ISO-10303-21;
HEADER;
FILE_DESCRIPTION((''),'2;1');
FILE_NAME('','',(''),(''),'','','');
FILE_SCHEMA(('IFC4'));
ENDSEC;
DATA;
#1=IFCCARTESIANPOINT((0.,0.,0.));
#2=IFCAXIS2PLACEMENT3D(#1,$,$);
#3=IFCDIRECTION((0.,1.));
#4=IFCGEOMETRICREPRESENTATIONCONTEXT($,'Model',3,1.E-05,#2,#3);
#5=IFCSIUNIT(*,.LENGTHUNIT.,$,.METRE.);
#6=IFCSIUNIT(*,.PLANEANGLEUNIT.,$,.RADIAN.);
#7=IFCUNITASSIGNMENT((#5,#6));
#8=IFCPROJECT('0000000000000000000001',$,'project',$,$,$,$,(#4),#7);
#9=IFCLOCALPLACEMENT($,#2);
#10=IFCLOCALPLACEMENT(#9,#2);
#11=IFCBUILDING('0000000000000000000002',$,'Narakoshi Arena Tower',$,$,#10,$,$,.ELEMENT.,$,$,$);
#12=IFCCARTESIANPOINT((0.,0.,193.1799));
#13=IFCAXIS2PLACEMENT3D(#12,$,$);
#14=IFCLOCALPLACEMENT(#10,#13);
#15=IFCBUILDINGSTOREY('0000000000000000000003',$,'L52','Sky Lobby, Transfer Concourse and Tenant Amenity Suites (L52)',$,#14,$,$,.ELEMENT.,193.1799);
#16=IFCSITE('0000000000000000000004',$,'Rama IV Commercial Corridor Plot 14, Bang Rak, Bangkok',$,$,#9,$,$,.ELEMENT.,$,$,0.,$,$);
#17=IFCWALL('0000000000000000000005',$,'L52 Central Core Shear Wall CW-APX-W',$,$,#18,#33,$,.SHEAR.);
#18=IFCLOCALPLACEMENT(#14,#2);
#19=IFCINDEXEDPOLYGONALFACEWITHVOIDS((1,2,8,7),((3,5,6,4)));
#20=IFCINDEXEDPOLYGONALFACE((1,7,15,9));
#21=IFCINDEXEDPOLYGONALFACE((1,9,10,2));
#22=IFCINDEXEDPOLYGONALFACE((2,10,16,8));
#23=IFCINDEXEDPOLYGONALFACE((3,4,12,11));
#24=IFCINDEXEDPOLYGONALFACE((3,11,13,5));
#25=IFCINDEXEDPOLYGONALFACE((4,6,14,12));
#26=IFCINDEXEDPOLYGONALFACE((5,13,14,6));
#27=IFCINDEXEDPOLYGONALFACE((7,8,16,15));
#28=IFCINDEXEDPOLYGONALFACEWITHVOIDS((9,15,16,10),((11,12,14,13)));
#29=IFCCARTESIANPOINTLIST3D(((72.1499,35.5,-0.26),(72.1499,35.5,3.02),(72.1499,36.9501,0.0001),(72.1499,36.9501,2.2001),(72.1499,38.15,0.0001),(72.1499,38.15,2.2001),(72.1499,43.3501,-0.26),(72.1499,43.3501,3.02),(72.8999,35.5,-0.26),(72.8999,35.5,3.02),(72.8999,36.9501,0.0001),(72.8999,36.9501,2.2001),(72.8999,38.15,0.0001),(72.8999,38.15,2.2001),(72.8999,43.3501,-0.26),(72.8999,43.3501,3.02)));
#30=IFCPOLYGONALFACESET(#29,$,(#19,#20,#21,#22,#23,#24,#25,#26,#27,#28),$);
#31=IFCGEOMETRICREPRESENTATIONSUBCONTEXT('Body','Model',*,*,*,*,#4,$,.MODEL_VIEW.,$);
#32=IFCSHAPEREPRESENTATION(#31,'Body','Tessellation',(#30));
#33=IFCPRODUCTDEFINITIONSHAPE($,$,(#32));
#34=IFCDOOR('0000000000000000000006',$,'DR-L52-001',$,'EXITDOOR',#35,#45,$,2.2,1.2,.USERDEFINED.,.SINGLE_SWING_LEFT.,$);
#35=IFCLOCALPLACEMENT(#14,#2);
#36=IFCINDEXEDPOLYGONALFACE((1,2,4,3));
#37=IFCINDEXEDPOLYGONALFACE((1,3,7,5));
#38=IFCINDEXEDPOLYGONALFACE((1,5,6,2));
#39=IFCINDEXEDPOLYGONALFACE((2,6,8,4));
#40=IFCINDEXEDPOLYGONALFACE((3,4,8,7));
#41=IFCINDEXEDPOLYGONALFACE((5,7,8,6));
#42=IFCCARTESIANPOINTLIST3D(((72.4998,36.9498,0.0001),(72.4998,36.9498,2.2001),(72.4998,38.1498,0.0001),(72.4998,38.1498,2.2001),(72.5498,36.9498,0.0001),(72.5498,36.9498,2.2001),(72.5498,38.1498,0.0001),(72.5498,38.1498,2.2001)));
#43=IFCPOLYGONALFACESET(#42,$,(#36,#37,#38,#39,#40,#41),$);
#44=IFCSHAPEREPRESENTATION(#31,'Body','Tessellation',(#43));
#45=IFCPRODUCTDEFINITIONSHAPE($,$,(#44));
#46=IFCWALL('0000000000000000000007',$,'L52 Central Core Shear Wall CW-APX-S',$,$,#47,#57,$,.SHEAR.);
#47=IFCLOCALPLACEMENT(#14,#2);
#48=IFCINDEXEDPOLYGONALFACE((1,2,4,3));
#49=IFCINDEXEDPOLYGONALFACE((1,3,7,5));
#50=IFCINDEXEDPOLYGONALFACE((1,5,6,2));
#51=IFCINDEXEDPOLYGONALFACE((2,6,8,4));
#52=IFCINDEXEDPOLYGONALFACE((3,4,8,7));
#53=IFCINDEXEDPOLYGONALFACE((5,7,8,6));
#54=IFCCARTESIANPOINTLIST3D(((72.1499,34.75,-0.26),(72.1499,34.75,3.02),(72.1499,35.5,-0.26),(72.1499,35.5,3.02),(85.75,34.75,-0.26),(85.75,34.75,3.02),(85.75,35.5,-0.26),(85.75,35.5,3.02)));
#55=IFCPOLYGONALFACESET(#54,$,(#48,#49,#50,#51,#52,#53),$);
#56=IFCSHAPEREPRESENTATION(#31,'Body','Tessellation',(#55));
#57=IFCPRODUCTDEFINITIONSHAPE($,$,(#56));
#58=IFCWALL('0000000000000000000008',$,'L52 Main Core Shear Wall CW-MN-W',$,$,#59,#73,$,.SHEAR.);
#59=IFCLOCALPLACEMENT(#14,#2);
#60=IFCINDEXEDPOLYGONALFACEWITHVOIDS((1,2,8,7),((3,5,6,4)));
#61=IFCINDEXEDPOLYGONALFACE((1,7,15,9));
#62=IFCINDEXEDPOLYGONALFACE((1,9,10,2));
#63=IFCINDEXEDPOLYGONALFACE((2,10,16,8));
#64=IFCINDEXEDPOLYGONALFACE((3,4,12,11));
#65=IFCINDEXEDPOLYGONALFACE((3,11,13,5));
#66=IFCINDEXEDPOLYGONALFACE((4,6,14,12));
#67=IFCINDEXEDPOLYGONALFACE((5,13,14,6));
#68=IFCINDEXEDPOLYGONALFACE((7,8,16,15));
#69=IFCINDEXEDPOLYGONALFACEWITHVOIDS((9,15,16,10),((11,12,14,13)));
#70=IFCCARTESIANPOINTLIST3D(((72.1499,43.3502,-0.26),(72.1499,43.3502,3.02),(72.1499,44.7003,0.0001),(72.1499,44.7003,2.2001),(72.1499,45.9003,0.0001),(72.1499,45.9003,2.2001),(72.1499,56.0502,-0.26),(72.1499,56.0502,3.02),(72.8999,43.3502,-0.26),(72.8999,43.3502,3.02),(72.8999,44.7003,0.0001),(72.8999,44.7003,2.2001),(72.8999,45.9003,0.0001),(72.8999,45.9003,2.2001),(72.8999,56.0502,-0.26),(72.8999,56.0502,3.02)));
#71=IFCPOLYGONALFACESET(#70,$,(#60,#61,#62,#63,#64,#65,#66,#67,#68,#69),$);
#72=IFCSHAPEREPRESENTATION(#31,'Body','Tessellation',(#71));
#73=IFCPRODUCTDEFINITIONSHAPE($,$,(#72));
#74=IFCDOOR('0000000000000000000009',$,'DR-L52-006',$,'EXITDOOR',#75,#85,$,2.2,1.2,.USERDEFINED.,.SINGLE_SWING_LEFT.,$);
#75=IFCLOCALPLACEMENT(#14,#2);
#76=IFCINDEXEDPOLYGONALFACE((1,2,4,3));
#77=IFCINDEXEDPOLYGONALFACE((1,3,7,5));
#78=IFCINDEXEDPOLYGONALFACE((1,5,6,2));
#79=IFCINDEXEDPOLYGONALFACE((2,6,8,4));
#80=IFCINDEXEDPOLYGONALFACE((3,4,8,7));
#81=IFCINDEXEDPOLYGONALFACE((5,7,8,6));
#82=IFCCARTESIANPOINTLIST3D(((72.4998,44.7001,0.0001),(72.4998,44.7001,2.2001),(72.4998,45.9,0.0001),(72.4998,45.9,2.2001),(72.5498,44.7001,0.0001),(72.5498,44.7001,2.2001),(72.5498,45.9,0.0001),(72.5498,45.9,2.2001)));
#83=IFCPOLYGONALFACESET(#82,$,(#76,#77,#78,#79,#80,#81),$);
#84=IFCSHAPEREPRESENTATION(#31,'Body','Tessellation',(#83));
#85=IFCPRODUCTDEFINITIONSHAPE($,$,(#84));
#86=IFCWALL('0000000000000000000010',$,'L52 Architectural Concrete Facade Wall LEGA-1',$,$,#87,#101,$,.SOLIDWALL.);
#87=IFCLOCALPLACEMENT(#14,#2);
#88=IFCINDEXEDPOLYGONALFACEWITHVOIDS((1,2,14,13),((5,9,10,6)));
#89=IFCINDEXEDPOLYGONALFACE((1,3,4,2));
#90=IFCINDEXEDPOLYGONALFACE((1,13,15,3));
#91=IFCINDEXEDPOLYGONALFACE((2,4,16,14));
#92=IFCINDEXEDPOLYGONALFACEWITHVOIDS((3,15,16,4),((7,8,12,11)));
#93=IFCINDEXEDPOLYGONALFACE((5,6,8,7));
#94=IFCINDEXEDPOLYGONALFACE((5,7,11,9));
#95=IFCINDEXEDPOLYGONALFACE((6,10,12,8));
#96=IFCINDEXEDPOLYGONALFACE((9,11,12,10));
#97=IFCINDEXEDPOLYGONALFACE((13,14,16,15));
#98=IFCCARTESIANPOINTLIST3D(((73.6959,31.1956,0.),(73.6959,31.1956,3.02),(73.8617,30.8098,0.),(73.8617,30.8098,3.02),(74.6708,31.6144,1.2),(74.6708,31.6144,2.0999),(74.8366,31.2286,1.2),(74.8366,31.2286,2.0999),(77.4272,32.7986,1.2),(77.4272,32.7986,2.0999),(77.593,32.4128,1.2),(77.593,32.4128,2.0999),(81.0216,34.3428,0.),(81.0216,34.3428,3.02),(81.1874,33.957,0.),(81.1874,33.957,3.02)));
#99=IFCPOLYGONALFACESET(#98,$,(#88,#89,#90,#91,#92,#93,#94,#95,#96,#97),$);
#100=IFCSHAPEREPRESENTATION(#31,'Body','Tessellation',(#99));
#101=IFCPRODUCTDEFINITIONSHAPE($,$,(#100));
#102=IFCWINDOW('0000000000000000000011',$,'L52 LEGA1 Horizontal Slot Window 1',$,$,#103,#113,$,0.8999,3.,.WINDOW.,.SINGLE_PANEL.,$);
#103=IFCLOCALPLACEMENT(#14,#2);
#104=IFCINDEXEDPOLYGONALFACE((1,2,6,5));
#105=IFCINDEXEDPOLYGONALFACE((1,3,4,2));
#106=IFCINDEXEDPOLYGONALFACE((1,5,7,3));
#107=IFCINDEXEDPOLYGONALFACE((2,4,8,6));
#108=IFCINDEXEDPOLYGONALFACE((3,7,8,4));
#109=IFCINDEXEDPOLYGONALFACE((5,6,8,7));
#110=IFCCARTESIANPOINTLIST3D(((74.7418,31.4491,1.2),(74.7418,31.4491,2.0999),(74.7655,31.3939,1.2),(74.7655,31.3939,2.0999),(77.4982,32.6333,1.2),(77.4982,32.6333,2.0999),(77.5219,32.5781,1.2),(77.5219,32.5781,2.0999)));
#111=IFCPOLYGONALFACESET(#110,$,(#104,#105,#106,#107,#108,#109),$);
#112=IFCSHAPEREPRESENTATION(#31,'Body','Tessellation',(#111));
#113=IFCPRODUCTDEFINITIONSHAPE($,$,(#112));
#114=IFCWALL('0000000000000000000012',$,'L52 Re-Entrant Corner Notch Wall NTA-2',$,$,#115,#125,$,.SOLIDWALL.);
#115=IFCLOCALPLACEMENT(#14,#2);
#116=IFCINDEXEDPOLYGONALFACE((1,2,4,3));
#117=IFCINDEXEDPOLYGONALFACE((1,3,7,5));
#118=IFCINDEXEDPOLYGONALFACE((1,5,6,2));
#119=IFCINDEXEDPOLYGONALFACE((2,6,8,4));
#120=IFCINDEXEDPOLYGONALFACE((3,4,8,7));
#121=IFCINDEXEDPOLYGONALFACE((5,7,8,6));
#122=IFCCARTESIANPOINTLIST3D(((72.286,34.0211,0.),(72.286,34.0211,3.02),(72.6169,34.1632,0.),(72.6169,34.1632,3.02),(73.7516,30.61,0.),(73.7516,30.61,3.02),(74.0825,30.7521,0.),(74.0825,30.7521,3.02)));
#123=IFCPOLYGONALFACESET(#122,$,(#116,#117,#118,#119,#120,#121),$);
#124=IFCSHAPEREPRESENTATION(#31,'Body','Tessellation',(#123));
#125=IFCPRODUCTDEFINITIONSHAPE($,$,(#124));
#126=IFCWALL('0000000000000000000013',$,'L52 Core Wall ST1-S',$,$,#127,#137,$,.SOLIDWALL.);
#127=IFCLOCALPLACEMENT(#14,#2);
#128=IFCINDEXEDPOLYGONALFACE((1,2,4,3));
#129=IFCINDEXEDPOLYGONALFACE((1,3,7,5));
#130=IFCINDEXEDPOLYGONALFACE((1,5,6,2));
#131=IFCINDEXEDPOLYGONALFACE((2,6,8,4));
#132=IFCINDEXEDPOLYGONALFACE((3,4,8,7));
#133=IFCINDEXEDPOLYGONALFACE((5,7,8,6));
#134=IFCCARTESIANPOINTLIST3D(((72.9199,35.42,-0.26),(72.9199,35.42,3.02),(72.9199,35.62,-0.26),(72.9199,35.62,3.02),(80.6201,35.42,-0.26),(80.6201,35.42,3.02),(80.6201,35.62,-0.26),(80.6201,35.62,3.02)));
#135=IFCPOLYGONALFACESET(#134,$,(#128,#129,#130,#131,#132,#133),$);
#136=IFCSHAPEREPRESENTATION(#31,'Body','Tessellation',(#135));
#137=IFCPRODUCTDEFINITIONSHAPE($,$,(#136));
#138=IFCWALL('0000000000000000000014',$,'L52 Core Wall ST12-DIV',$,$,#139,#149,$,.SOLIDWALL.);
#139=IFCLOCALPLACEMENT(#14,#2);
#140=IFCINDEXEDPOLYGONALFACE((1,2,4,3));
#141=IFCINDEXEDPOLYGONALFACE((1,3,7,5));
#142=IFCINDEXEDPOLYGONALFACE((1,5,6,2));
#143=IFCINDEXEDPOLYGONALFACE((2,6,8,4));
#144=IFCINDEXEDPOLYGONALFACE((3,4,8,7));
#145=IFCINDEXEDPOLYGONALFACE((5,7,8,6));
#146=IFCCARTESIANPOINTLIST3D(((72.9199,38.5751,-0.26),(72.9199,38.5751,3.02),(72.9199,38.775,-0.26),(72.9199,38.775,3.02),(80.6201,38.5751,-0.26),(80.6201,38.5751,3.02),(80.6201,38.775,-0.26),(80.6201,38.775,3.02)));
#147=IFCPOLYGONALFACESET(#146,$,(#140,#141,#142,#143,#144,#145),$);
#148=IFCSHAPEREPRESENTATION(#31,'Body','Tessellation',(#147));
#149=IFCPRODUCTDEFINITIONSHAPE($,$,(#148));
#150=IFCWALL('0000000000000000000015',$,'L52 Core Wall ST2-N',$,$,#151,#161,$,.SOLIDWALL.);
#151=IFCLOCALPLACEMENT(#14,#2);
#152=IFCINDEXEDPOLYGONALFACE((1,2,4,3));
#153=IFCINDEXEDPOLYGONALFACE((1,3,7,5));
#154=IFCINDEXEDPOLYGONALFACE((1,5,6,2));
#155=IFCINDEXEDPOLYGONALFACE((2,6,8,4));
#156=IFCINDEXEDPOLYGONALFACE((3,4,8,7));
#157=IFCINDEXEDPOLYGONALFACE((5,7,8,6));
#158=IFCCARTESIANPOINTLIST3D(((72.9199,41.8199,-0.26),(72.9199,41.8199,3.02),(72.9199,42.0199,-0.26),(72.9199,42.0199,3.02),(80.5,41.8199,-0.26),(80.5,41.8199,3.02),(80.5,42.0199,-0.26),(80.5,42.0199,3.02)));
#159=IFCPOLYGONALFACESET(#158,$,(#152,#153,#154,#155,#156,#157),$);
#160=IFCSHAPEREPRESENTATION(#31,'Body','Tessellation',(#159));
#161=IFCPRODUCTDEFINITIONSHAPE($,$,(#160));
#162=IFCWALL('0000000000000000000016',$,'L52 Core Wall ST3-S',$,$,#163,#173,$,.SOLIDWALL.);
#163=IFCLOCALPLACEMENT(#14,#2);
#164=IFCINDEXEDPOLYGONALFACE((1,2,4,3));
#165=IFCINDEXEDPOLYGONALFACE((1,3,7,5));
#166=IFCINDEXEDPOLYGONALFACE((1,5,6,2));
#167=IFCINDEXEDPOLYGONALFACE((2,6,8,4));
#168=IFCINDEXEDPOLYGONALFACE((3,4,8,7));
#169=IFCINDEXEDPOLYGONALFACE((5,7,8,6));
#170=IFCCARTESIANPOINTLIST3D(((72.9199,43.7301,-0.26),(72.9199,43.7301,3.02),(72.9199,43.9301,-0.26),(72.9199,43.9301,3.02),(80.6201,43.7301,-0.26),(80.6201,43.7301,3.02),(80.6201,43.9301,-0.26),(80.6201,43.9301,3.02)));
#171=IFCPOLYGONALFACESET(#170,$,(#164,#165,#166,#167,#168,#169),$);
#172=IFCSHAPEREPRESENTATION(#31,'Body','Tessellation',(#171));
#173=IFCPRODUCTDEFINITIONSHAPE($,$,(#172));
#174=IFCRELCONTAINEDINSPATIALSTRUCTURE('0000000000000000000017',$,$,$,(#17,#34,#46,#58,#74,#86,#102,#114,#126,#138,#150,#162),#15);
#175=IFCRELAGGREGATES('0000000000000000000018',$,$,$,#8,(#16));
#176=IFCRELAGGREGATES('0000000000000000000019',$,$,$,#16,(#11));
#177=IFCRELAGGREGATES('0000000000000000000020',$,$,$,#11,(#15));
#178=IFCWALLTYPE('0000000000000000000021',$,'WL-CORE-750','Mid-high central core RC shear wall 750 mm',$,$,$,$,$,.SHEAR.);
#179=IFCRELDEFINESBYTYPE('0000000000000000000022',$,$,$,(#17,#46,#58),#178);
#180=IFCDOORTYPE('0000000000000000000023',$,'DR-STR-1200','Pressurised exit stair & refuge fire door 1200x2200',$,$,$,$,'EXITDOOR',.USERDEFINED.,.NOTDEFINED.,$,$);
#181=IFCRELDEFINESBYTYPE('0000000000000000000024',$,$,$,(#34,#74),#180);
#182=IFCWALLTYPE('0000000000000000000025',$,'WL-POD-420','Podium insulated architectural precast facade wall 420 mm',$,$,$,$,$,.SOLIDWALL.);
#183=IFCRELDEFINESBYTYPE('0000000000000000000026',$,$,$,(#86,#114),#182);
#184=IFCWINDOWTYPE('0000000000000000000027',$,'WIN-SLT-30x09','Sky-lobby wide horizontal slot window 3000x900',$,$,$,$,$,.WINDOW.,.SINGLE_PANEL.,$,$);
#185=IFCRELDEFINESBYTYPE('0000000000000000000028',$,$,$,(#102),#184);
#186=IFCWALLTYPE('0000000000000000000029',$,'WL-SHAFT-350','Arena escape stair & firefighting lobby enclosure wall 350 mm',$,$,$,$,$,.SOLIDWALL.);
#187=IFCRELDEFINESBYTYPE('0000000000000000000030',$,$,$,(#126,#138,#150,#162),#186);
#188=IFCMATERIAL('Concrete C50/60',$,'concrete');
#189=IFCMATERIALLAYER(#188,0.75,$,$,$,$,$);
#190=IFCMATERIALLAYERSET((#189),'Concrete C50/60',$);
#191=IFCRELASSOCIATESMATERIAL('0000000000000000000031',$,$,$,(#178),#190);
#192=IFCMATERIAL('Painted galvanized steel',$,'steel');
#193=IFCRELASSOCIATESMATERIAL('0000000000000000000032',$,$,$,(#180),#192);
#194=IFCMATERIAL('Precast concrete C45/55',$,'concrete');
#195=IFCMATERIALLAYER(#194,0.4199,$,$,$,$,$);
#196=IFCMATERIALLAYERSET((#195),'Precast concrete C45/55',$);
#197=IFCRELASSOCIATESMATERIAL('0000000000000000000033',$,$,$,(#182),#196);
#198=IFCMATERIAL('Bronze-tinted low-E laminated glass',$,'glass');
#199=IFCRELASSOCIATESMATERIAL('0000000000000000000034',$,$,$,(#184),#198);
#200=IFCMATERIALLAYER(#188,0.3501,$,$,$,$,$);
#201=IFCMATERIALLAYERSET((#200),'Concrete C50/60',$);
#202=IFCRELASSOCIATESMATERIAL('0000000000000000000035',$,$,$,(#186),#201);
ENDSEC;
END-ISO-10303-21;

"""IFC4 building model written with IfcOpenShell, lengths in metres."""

from ifc_helpers import new_model, si_unit, direction, frame, frame_2d, origin, place, context, subcontext, project, spatial, rectangle, extrude, material, layer, layer_set, type_object, element, fill, save


model = new_model("IFC4")

# Units and contexts
model_context = context("Model", 3, precision=1e-05, world=origin(), true_north=direction((0.0, 1.0)))
body_context = subcontext(model_context, "Body", "Model", "MODEL_VIEW")
ifc_project = project(units=[si_unit("LENGTHUNIT", "METRE"), si_unit("PLANEANGLEUNIT", "RADIAN")], contexts=[model_context])

# Site, building, storey
site_placement = place(None, origin())
site = spatial("IfcSite", under=ifc_project, at=site_placement, Name="Rama IV Commercial Corridor Plot 14, Bang Rak, Bangkok", CompositionType="ELEMENT", RefElevation=0.0)
building_placement = place(site_placement, origin())
building = spatial("IfcBuilding", under=site, at=building_placement, Name="Narakoshi Arena Tower", CompositionType="ELEMENT")
storey_placement = place(building_placement, frame((0.0, 0.0, 193.1799)))
storey = spatial("IfcBuildingStorey", under=building, at=storey_placement, Name="L52", Description="Sky Lobby, Transfer Concourse and Tenant Amenity Suites (L52)", CompositionType="ELEMENT", Elevation=193.1799)

# Wall, opening, door
ifc_material_1 = material(Name="Concrete C50/60", Category="concrete")
ifc_layer_1 = layer(ifc_material_1, 0.75)
ifc_layer_set_1 = layer_set([ifc_layer_1], Name="Concrete C50/60")
wall_type_1 = type_object("IfcWallType", Name="WL-CORE-750", Description="Mid-high central core RC shear wall 750 mm", PredefinedType="SHEAR", material=ifc_layer_set_1)
wall_1_placement = place(storey_placement, frame((72.5249, 35.5, -0.26), z_axis=(0.0, 0.0, 1.0), x_axis=(0.0, 1.0, 0.0)))
wall_1 = element("IfcWall", 1, at=wall_1_placement, inside=storey, type_object=wall_type_1, Name="L52 Central Core Shear Wall CW-APX-W", PredefinedType="SHEAR", context=body_context, shape_type="SweptSolid", body=[
    extrude(rectangle(XDim=7.8501, YDim=0.75, at=frame_2d((3.925, 0.0))), origin(), (0.0, 0.0, 1.0), 3.28),
])
opening_1_placement = place(wall_1_placement, frame((1.45, 0.0, 0.26)))
opening_1 = element("IfcOpeningElement", 2, at=opening_1_placement, cuts=wall_1, PredefinedType="OPENING", context=body_context, shape_type="SweptSolid", body=[
    extrude(rectangle(XDim=1.2, YDim=2.2, at=frame_2d((0.6001, 1.1001))), frame((0.0, 0.385, 0.0), z_axis=(0.0, -1.0, 0.0), x_axis=(1.0, 0.0, 0.0)), (0.0, 0.0, 1.0), 0.77),
])
ifc_material_2 = material(Name="Painted galvanized steel", Category="steel")
door_type = type_object("IfcDoorType", Name="DR-STR-1200", Description="Pressurised exit stair & refuge fire door 1200x2200", ElementType="EXITDOOR", OperationType="NOTDEFINED", PredefinedType="USERDEFINED", material=ifc_material_2)
door_1_placement = place(opening_1_placement, frame((1.2, 0.0, 0.0), z_axis=(0.0, 0.0, 1.0), x_axis=(-1.0, 0.0, 0.0)))
door_1 = element("IfcDoor", 3, at=door_1_placement, inside=storey, type_object=door_type, Name="DR-L52-001", ObjectType="EXITDOOR", OperationType="SINGLE_SWING_LEFT", OverallHeight=2.2, OverallWidth=1.2, PredefinedType="USERDEFINED", context=body_context, shape_type="SweptSolid", body=[
    extrude(rectangle(XDim=1.2, YDim=2.2, at=frame_2d((0.6001, 1.1001))), frame((0.0, 0.0249, 0.0), z_axis=(0.0, -1.0, 0.0), x_axis=(1.0, 0.0, 0.0)), (0.0, 0.0, 1.0), 0.05),
])
fill(opening_1, door_1)

# Wall
wall_2_placement = place(storey_placement, frame((72.1499, 35.125, -0.26), z_axis=(0.0, 0.0, 1.0), x_axis=(1.0, 0.0, 0.0)))
element("IfcWall", 4, at=wall_2_placement, inside=storey, type_object=wall_type_1, Name="L52 Central Core Shear Wall CW-APX-S", PredefinedType="SHEAR", context=body_context, shape_type="SweptSolid", body=[
    extrude(rectangle(XDim=13.6001, YDim=0.75, at=frame_2d((6.8, 0.0))), origin(), (0.0, 0.0, 1.0), 3.28),
])

# Wall, opening, door
wall_3_placement = place(storey_placement, frame((72.5249, 43.3501, -0.26), z_axis=(0.0, 0.0, 1.0), x_axis=(0.0, 1.0, 0.0)))
wall_3 = element("IfcWall", 5, at=wall_3_placement, inside=storey, type_object=wall_type_1, Name="L52 Main Core Shear Wall CW-MN-W", PredefinedType="SHEAR", context=body_context, shape_type="SweptSolid", body=[
    extrude(rectangle(XDim=12.7, YDim=0.75, at=frame_2d((6.3501, 0.0))), origin(), (0.0, 0.0, 1.0), 3.28),
])
opening_2_placement = place(wall_3_placement, frame((1.3501, 0.0, 0.26)))
opening_2 = element("IfcOpeningElement", 6, at=opening_2_placement, cuts=wall_3, PredefinedType="OPENING", context=body_context, shape_type="SweptSolid", body=[
    extrude(rectangle(XDim=1.2, YDim=2.2, at=frame_2d((0.6001, 1.1001))), frame((0.0, 0.385, 0.0), z_axis=(0.0, -1.0, 0.0), x_axis=(1.0, 0.0, 0.0)), (0.0, 0.0, 1.0), 0.77),
])
door_2_placement = place(opening_2_placement, frame((1.2, 0.0, 0.0), z_axis=(0.0, 0.0, 1.0), x_axis=(-1.0, 0.0, 0.0)))
door_2 = element("IfcDoor", 7, at=door_2_placement, inside=storey, type_object=door_type, Name="DR-L52-006", ObjectType="EXITDOOR", OperationType="SINGLE_SWING_LEFT", OverallHeight=2.2, OverallWidth=1.2, PredefinedType="USERDEFINED", context=body_context, shape_type="SweptSolid", body=[
    extrude(rectangle(XDim=1.2, YDim=2.2, at=frame_2d((0.6001, 1.1001))), frame((0.0, 0.0249, 0.0), z_axis=(0.0, -1.0, 0.0), x_axis=(1.0, 0.0, 0.0)), (0.0, 0.0, 1.0), 0.05),
])
fill(opening_2, door_2)

# Wall, opening, window
ifc_material_3 = material(Name="Precast concrete C45/55", Category="concrete")
ifc_layer_2 = layer(ifc_material_3, 0.4199)
ifc_layer_set_2 = layer_set([ifc_layer_2], Name="Precast concrete C45/55")
wall_type_2 = type_object("IfcWallType", Name="WL-POD-420", Description="Podium insulated architectural precast facade wall 420 mm", PredefinedType="SOLIDWALL", material=ifc_layer_set_2)
wall_4_placement = place(storey_placement, frame((73.7788, 31.0027, 0.0), z_axis=(0.0, 0.0, 1.0), x_axis=(0.918798, 0.394728, 0.0)))
wall_4 = element("IfcWall", 8, at=wall_4_placement, inside=storey, type_object=wall_type_2, Name="L52 Architectural Concrete Facade Wall LEGA-1", PredefinedType="SOLIDWALL", context=body_context, shape_type="SweptSolid", body=[
    extrude(rectangle(XDim=7.9731, YDim=0.4199, at=frame_2d((3.9866, 0.0))), origin(), (0.0, 0.0, 1.0), 3.02),
])
opening_3_placement = place(wall_4_placement, frame((1.061, 0.0, 1.2)))
opening_3 = element("IfcOpeningElement", 9, at=opening_3_placement, cuts=wall_4, PredefinedType="OPENING", context=body_context, shape_type="SweptSolid", body=[
    extrude(rectangle(XDim=3.0, YDim=0.8999, at=frame_2d((1.5, 0.45))), frame((0.0, 0.22, 0.0), z_axis=(0.0, -1.0, 0.0), x_axis=(1.0, 0.0, 0.0)), (0.0, 0.0, 1.0), 0.4399),
])
ifc_material_4 = material(Name="Bronze-tinted low-E laminated glass", Category="glass")
window_type = type_object("IfcWindowType", Name="WIN-SLT-30x09", Description="Sky-lobby wide horizontal slot window 3000x900", PartitioningType="SINGLE_PANEL", PredefinedType="WINDOW", material=ifc_material_4)
window_placement = place(opening_3_placement, origin())
window = element("IfcWindow", 10, at=window_placement, inside=storey, type_object=window_type, Name="L52 LEGA1 Horizontal Slot Window 1", OverallHeight=0.8999, OverallWidth=3.0, PartitioningType="SINGLE_PANEL", PredefinedType="WINDOW", context=body_context, shape_type="SweptSolid", body=[
    extrude(rectangle(XDim=3.0, YDim=0.8999, at=frame_2d((1.5, 0.45))), frame((0.0, 0.03, 0.0), z_axis=(0.0, -1.0, 0.0), x_axis=(1.0, 0.0, 0.0)), (0.0, 0.0, 1.0), 0.0601),
])
fill(opening_3, window)

# Walls
wall_5_placement = place(storey_placement, frame((72.4514, 34.0923, 0.0), z_axis=(0.0, 0.0, 1.0), x_axis=(0.394752, -0.918788, 0.0)))
element("IfcWall", 11, at=wall_5_placement, inside=storey, type_object=wall_type_2, Name="L52 Re-Entrant Corner Notch Wall NTA-2", PredefinedType="SOLIDWALL", context=body_context, shape_type="SweptSolid", body=[
    extrude(rectangle(XDim=3.7126, YDim=0.3601, at=frame_2d((1.8564, 0.0))), origin(), (0.0, 0.0, 1.0), 3.02),
])
ifc_layer_3 = layer(ifc_material_1, 0.3501)
ifc_layer_set_3 = layer_set([ifc_layer_3], Name="Concrete C50/60")
wall_type_3 = type_object("IfcWallType", Name="WL-SHAFT-350", Description="Arena escape stair & firefighting lobby enclosure wall 350 mm", PredefinedType="SOLIDWALL", material=ifc_layer_set_3)
for number, where, z_axis, x_axis, name in (
    (12, (72.9199, 35.52, -0.26), (0.0, 0.0, 1.0), (1.0, 0.0, 0.0), "L52 Core Wall ST1-S"),
    (13, (72.9199, 38.675, -0.26), (0.0, 0.0, 1.0), (1.0, 0.0, 0.0), "L52 Core Wall ST12-DIV"),
):
    element("IfcWall", number, at=place(storey_placement, frame(where, z_axis=z_axis, x_axis=x_axis)), inside=storey, type_object=wall_type_3, Name=name, PredefinedType="SOLIDWALL", context=body_context, shape_type="SweptSolid", body=[
        extrude(rectangle(XDim=7.7002, YDim=0.2, at=frame_2d((3.8501, 0.0))), origin(), (0.0, 0.0, 1.0), 3.28),
    ])
wall_6_placement = place(storey_placement, frame((72.9199, 41.9199, -0.26), z_axis=(0.0, 0.0, 1.0), x_axis=(1.0, 0.0, 0.0)))
element("IfcWall", 14, at=wall_6_placement, inside=storey, type_object=wall_type_3, Name="L52 Core Wall ST2-N", PredefinedType="SOLIDWALL", context=body_context, shape_type="SweptSolid", body=[
    extrude(rectangle(XDim=7.5801, YDim=0.2, at=frame_2d((3.79, 0.0))), origin(), (0.0, 0.0, 1.0), 3.28),
])
wall_7_placement = place(storey_placement, frame((72.9199, 43.8301, -0.26), z_axis=(0.0, 0.0, 1.0), x_axis=(1.0, 0.0, 0.0)))
element("IfcWall", 15, at=wall_7_placement, inside=storey, type_object=wall_type_3, Name="L52 Core Wall ST3-S", PredefinedType="SOLIDWALL", context=body_context, shape_type="SweptSolid", body=[
    extrude(rectangle(XDim=7.7002, YDim=0.2, at=frame_2d((3.8501, 0.0))), origin(), (0.0, 0.0, 1.0), 3.28),
])

save(model, "model.ifc")
